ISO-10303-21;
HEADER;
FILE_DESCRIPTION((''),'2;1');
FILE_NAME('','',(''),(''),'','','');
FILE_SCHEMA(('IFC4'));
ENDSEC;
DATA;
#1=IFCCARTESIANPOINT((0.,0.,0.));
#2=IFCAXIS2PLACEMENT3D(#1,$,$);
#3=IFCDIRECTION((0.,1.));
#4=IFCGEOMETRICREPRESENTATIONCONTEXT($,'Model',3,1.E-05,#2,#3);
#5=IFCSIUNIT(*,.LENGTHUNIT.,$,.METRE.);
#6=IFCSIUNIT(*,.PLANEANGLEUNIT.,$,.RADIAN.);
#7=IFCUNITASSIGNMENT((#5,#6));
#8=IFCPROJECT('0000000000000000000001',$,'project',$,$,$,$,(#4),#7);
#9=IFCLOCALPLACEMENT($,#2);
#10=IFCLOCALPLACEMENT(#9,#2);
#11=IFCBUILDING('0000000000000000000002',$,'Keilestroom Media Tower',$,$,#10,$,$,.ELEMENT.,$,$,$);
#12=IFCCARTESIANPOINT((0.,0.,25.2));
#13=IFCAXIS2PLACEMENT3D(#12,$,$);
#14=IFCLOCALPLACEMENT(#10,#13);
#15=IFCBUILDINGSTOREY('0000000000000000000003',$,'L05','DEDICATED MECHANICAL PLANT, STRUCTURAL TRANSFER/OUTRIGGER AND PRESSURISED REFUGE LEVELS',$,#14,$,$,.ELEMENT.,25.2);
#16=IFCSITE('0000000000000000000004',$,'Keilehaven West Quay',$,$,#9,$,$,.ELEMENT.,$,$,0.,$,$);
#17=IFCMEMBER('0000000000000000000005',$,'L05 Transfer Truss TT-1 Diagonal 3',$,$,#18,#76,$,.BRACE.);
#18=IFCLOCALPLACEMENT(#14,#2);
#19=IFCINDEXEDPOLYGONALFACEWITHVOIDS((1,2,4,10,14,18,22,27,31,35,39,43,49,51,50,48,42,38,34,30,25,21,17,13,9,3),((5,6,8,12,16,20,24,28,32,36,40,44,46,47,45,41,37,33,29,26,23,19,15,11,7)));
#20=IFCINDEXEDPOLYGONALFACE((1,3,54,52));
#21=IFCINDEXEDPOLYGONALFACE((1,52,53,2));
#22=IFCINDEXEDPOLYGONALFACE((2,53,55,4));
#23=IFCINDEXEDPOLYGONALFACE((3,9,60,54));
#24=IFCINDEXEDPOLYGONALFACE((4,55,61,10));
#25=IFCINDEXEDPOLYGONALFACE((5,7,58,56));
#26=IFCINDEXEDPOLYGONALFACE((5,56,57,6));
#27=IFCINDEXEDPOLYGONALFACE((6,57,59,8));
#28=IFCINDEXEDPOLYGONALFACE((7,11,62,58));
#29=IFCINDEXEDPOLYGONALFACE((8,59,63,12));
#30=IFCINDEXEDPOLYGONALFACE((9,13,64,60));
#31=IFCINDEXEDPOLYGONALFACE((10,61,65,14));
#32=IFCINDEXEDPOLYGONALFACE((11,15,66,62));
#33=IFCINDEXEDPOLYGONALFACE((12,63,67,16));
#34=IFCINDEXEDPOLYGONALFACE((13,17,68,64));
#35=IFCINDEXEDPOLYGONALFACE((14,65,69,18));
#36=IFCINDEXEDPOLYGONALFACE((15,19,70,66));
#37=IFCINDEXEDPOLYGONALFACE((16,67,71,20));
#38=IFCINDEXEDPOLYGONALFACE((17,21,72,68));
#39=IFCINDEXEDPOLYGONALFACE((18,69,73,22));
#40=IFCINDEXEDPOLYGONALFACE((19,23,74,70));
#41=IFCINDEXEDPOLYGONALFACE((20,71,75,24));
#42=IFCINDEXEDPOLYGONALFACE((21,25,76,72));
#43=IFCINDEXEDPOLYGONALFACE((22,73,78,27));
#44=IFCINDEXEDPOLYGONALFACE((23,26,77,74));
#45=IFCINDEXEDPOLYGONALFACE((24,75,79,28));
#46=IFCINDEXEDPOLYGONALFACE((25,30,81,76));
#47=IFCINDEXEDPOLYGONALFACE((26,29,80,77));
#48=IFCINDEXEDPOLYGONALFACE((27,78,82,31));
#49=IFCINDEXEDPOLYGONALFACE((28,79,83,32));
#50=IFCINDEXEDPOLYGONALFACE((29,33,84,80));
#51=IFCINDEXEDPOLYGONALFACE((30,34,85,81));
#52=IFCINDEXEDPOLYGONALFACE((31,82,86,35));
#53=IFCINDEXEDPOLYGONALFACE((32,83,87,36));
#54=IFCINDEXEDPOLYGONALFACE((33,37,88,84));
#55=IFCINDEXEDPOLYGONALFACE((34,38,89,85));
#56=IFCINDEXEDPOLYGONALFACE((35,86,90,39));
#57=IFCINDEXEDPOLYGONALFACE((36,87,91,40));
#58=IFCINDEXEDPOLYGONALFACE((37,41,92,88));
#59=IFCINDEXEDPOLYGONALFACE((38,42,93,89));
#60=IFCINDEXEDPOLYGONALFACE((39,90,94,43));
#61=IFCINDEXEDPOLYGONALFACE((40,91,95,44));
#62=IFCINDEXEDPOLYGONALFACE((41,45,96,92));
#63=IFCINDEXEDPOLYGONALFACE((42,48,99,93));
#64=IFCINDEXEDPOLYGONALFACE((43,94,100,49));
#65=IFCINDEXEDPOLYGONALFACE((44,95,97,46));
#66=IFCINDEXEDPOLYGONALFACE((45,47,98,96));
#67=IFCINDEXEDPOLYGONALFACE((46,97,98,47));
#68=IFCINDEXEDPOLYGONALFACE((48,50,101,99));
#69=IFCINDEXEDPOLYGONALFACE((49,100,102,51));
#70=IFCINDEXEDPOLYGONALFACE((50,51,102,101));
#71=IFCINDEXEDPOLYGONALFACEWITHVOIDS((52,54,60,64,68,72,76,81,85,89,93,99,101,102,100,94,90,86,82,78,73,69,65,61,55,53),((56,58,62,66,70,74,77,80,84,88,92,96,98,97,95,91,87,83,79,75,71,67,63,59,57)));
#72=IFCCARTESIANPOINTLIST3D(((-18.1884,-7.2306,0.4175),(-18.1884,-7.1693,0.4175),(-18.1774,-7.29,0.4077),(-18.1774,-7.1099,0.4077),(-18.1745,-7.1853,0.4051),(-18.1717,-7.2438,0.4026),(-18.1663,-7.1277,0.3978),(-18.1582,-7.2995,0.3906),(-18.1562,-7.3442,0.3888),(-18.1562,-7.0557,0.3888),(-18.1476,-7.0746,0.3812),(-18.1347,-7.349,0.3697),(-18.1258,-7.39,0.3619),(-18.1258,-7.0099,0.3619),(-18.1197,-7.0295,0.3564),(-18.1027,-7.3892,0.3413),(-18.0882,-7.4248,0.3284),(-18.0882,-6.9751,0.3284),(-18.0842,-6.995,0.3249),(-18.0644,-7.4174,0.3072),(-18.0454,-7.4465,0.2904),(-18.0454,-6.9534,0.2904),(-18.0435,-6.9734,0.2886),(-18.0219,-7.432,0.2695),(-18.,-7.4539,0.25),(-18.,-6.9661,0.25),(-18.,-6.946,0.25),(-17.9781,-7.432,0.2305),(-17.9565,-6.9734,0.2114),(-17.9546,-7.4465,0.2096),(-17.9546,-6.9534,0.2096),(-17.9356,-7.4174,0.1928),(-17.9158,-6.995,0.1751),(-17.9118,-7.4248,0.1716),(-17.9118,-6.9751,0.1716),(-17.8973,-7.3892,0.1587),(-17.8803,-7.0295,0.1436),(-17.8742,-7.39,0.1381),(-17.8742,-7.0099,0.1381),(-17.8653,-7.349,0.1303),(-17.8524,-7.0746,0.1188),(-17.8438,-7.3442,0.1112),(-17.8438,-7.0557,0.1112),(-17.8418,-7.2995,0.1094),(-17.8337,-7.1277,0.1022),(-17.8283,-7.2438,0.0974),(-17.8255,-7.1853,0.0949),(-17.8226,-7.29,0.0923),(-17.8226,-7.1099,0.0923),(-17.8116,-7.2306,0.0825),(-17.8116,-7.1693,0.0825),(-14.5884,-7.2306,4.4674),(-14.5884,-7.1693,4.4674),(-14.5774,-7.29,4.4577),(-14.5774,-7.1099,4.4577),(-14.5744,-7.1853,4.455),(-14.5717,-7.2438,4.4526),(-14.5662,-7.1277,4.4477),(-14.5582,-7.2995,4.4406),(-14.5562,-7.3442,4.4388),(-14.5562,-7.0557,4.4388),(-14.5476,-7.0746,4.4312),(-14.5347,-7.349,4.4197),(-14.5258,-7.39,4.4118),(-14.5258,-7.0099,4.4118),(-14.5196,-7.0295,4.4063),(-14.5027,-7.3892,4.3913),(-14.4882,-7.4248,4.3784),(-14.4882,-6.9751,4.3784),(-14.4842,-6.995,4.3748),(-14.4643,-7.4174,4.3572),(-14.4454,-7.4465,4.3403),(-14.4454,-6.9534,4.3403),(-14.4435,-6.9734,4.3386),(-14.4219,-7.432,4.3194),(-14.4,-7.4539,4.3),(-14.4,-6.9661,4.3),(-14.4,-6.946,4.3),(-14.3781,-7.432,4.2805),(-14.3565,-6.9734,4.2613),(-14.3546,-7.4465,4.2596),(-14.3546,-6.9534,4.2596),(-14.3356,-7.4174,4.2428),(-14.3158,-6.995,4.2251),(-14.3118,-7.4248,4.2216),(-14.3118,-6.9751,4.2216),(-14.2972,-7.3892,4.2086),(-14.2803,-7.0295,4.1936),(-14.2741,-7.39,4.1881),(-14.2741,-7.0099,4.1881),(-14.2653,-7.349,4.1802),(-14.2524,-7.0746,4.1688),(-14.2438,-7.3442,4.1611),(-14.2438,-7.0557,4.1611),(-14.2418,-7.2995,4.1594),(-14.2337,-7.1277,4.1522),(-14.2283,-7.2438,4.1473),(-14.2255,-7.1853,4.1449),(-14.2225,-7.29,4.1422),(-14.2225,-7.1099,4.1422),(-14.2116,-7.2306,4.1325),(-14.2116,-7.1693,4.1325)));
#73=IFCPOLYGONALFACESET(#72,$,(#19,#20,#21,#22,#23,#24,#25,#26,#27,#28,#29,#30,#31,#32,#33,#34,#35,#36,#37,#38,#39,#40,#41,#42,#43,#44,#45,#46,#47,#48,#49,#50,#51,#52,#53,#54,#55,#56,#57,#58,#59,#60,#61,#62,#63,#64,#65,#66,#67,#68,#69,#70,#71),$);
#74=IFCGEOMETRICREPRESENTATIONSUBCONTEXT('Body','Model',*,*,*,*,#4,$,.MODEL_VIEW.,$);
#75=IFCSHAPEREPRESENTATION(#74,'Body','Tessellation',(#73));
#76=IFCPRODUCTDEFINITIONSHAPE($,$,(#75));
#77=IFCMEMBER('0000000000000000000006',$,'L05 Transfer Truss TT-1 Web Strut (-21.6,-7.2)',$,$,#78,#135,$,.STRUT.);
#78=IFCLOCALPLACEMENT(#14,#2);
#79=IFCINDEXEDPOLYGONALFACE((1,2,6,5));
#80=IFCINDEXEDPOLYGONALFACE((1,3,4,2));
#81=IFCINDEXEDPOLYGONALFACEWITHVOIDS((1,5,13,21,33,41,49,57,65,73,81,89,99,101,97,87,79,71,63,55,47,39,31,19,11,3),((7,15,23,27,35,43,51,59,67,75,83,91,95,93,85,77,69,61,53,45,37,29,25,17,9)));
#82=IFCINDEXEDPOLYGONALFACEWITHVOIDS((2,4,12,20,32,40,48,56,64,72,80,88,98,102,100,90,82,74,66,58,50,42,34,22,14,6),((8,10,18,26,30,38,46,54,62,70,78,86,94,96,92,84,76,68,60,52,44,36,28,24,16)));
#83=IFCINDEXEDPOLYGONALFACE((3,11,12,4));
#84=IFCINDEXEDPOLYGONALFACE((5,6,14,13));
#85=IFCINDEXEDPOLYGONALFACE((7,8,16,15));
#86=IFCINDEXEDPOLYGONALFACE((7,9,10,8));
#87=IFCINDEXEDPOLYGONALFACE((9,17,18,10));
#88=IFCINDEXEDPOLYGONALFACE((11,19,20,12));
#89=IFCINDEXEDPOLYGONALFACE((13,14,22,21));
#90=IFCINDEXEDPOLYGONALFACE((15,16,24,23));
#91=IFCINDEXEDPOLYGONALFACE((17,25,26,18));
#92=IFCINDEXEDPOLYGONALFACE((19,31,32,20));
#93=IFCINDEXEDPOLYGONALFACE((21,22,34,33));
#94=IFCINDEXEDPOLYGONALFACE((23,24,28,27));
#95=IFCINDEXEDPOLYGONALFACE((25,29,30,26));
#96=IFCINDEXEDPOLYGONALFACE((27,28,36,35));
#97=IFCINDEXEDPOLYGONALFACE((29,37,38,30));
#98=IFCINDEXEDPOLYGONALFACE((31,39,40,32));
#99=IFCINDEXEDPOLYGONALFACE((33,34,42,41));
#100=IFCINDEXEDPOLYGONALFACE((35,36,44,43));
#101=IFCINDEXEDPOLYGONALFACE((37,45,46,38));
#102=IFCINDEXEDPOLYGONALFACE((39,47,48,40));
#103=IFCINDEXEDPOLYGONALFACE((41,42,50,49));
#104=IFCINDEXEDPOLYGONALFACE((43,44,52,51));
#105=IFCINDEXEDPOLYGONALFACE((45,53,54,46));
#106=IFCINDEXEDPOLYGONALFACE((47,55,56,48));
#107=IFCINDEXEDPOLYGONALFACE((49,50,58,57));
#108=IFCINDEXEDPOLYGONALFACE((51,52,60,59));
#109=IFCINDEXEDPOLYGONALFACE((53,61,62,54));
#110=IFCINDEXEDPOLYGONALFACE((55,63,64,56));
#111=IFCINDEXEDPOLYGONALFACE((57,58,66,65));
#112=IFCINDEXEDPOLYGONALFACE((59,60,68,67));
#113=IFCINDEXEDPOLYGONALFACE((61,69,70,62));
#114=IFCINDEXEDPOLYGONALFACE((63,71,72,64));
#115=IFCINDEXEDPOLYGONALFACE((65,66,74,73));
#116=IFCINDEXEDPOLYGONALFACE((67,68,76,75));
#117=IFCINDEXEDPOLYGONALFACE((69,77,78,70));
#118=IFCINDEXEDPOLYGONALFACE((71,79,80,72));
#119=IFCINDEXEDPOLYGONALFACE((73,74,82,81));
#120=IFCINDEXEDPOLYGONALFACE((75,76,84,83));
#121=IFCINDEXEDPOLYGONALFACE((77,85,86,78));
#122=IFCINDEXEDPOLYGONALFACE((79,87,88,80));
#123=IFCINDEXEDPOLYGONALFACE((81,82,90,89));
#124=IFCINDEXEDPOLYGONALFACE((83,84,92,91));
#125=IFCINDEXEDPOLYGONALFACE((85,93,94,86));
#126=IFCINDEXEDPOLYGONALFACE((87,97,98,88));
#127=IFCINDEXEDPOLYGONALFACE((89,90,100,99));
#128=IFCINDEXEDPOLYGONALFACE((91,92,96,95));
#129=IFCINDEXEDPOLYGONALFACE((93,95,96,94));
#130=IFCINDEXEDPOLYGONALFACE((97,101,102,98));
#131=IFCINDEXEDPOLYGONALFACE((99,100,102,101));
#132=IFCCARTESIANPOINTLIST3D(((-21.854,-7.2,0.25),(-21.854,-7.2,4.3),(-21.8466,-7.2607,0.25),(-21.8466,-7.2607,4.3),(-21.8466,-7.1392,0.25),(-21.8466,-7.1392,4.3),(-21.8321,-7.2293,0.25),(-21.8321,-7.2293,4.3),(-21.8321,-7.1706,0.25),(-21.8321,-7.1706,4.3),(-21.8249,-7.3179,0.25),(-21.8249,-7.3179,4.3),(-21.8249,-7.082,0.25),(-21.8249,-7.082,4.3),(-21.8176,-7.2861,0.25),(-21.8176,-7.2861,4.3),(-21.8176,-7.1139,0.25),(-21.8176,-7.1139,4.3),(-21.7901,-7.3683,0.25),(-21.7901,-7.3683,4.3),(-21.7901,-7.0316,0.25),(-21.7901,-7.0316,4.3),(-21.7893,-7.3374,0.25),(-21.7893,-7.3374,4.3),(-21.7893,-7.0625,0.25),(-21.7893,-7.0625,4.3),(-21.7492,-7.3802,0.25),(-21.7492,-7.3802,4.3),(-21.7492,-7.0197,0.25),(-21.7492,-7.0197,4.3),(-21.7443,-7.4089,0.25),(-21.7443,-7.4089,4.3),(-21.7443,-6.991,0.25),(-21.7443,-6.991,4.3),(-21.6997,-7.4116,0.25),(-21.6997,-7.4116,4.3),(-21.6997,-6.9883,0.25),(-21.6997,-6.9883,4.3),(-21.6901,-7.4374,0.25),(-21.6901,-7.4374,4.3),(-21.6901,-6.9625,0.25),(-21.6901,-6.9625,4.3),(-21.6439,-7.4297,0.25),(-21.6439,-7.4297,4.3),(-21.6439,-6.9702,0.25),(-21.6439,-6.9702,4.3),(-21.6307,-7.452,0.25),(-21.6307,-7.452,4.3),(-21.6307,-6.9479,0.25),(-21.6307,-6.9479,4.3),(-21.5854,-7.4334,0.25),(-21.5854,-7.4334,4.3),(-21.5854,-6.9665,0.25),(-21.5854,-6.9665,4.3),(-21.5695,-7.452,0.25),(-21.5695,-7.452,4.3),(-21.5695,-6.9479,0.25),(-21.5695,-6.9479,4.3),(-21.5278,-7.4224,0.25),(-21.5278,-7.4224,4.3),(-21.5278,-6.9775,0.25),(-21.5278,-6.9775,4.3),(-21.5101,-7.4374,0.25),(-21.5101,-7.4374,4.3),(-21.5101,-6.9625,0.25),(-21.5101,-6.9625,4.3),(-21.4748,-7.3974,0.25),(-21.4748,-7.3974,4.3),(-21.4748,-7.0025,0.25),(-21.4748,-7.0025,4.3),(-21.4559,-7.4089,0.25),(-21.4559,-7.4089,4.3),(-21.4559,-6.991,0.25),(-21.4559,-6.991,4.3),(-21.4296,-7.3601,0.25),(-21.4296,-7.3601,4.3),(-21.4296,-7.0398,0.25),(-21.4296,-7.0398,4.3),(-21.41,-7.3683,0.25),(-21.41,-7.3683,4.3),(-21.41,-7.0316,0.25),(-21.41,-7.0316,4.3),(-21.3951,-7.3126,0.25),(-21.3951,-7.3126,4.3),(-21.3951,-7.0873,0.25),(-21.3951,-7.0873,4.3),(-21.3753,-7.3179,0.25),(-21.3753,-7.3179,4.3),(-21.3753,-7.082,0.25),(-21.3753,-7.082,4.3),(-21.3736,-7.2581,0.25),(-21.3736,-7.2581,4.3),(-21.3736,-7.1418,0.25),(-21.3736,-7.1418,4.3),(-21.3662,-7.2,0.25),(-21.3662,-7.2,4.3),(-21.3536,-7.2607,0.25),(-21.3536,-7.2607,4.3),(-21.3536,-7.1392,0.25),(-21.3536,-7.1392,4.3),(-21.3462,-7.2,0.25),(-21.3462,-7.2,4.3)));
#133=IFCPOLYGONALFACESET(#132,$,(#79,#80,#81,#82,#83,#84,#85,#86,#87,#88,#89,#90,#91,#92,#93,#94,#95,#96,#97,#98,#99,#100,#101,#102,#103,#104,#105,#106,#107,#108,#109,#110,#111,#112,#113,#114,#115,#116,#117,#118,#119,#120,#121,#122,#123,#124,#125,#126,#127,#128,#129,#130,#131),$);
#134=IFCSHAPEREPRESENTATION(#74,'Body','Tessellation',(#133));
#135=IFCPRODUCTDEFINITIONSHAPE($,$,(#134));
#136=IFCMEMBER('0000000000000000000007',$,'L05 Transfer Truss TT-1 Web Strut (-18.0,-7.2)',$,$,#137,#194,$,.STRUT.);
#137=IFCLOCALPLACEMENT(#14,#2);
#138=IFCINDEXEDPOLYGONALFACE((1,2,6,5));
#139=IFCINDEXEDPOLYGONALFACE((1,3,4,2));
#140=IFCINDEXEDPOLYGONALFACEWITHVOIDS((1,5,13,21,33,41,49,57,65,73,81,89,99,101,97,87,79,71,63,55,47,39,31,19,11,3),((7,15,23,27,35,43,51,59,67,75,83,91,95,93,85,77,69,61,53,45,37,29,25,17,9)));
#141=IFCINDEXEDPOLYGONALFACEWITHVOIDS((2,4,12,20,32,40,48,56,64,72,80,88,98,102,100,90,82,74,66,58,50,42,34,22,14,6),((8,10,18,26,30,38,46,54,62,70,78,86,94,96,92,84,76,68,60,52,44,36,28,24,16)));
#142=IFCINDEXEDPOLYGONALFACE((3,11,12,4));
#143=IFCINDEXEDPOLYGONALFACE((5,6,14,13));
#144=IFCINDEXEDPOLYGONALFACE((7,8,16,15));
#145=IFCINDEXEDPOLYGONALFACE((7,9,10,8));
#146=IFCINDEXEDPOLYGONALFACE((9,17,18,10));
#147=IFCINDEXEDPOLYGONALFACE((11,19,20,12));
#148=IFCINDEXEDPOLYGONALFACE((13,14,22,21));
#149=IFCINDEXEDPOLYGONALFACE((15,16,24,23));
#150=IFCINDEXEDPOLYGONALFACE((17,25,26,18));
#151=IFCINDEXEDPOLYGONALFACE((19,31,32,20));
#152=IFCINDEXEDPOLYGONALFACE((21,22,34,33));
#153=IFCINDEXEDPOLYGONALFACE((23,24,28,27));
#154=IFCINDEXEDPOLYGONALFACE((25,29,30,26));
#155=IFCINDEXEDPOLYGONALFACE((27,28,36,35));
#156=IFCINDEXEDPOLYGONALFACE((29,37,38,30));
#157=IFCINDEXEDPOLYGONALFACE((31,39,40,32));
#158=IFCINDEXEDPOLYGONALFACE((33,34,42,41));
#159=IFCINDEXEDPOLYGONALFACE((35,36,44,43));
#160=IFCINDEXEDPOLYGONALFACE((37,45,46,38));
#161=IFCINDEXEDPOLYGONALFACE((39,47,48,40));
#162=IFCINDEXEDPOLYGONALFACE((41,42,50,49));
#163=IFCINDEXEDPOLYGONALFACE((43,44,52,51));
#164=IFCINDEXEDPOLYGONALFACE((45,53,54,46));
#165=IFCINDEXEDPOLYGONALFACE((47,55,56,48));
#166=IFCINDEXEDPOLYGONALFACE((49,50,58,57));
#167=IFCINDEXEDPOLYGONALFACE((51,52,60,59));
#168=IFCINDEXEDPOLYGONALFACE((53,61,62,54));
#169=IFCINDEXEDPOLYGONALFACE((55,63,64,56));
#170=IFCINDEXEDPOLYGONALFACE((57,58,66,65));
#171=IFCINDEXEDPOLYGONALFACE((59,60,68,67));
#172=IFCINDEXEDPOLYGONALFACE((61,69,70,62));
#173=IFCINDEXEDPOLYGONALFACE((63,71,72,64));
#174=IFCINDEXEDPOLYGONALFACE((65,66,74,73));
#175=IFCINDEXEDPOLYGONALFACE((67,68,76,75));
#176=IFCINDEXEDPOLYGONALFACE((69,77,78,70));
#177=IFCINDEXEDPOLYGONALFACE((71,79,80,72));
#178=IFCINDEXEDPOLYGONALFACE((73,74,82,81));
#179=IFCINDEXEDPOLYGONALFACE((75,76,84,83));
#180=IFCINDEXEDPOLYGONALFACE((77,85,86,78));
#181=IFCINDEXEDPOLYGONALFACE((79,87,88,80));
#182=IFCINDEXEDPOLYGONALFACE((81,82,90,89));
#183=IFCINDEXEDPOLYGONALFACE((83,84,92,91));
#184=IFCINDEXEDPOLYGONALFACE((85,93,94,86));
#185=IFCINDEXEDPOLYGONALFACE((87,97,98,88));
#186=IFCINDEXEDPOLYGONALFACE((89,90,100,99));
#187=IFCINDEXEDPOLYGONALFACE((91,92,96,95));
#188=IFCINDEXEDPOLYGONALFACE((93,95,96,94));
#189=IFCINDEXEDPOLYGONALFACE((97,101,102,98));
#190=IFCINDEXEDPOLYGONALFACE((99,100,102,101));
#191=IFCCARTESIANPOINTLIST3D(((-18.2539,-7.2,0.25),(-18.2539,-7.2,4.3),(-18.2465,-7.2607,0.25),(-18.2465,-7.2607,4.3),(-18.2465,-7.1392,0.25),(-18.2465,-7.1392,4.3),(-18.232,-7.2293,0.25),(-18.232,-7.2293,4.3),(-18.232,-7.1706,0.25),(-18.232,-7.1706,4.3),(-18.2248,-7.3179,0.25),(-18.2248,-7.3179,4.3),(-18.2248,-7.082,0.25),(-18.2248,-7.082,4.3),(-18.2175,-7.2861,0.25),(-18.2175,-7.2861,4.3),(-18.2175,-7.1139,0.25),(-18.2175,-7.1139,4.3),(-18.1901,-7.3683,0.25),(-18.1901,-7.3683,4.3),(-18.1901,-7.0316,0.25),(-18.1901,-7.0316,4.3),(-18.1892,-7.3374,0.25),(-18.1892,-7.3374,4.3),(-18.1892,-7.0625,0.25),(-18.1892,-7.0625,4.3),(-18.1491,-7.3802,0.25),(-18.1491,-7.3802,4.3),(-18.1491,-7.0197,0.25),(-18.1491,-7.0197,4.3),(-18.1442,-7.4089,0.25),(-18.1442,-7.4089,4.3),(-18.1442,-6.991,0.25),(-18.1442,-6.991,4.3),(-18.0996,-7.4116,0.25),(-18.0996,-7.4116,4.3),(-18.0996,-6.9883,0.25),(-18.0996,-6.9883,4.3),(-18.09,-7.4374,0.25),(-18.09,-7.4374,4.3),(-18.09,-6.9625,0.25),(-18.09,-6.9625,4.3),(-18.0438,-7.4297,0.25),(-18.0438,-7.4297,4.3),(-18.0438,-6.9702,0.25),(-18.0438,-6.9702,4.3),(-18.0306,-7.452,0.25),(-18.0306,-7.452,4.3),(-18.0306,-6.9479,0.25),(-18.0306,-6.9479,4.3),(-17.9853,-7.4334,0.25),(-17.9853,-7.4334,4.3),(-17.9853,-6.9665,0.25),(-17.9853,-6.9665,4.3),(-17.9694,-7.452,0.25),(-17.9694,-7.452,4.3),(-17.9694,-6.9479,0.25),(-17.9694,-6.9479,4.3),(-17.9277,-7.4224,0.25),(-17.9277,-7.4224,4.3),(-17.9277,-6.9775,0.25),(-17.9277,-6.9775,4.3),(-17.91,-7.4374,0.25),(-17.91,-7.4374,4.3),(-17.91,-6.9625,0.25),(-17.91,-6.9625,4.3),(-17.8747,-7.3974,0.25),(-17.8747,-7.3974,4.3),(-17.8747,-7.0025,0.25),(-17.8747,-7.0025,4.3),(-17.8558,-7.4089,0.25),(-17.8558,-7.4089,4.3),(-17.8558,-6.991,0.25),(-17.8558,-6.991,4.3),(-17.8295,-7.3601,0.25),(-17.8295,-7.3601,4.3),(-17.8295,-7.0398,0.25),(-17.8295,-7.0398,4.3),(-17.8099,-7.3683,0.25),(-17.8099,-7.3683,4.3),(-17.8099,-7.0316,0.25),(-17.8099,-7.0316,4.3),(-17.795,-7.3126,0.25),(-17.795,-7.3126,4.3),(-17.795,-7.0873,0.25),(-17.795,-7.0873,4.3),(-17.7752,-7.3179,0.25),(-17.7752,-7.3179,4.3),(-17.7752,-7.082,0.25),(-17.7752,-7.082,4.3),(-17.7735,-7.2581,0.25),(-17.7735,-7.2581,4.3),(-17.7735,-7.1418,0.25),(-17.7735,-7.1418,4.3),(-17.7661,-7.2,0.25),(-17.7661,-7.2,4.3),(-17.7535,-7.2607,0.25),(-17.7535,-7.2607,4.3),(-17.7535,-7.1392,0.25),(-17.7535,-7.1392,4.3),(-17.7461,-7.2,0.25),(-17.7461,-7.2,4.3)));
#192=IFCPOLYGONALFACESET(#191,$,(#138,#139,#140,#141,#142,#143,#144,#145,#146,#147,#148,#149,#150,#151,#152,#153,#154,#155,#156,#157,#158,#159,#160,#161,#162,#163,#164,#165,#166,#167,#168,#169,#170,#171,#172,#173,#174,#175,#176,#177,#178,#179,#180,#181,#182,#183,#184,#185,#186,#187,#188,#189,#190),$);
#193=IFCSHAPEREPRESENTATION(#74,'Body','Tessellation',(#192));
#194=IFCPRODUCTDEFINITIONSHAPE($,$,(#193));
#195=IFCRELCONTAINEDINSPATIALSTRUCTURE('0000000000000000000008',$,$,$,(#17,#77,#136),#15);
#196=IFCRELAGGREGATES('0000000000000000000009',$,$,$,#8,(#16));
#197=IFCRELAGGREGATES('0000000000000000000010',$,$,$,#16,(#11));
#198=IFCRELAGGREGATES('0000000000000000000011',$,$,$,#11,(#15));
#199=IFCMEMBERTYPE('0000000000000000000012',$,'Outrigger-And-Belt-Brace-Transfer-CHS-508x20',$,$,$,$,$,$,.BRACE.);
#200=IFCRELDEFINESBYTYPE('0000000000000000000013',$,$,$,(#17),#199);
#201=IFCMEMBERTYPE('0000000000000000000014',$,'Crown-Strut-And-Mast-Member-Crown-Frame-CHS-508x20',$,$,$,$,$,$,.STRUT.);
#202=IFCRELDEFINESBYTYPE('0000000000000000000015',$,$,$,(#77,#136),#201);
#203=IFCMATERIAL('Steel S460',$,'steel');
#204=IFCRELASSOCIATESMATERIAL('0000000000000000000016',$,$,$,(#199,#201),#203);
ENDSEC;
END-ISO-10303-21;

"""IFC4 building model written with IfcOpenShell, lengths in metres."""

from ifc_helpers import new_model, si_unit, direction, frame, origin, origin_2d, place, context, subcontext, project, spatial, hollow_circle, extrude, source, transform, mapped, material, material_profile, profile_set, type_object, element, save


model = new_model("IFC4")

# Units and contexts
model_context = context("Model", 3, precision=1e-05, world=origin(), true_north=direction((0.0, 1.0)))
body_context = subcontext(model_context, "Body", "Model", "MODEL_VIEW")
ifc_project = project(units=[si_unit("LENGTHUNIT", "METRE"), si_unit("PLANEANGLEUNIT", "RADIAN")], contexts=[model_context])

# Site, building, storey
site_placement = place(None, origin())
site = spatial("IfcSite", under=ifc_project, at=site_placement, Name="Keilehaven West Quay", CompositionType="ELEMENT", RefElevation=0.0)
building_placement = place(site_placement, origin())
building = spatial("IfcBuilding", under=site, at=building_placement, Name="Keilestroom Media Tower", CompositionType="ELEMENT")
storey_placement = place(building_placement, frame((0.0, 0.0, 25.2)))
storey = spatial("IfcBuildingStorey", under=building, at=storey_placement, Name="L05", Description="DEDICATED MECHANICAL PLANT, STRUCTURAL TRANSFER/OUTRIGGER AND PRESSURISED REFUGE LEVELS", CompositionType="ELEMENT", Elevation=25.2)

# Shared definitions
ifc_material_1 = material(Name="Steel S460", Category="steel")

# Members
ifc_material_profile_1 = material_profile(ifc_material_1, hollow_circle(Radius=0.2539, WallThickness=0.02, at=origin_2d()), Name="CHS 508x20")
ifc_profile_set_1 = profile_set([ifc_material_profile_1], Name="Steel S460")
member_type_1 = type_object("IfcMemberType", Name="Outrigger-And-Belt-Brace-Transfer-CHS-508x20", PredefinedType="BRACE", material=ifc_profile_set_1)
shared_shape_1 = source(origin(), body_context, "Body", "SweptSolid", [
    extrude(hollow_circle(Radius=0.2539, WallThickness=0.02, at=origin_2d()), origin(), (0.0, 0.0, 1.0), 5.4187),
])
member_1_placement = place(storey_placement, frame((-18.0, -7.2, 0.25), z_axis=(0.664369, 0.0, 0.747404), x_axis=(0.0, 1.0, 0.0)))
element("IfcMember", 1, at=member_1_placement, inside=storey, type_object=member_type_1, Name="L05 Transfer Truss TT-1 Diagonal 3", PredefinedType="BRACE", context=body_context, shape_type="MappedRepresentation", body=[
    mapped(shared_shape_1, transform((0.0, 0.0, 0.0), x_axis=(1.0, 0.0, 0.0), y_axis=(0.0, 1.0, 0.0), z_axis=(0.0, 0.0, 1.0), scale=1.0)),
])
ifc_material_profile_2 = material_profile(ifc_material_1, hollow_circle(Radius=0.2539, WallThickness=0.02, at=origin_2d()), Name="CHS 508x20")
ifc_profile_set_2 = profile_set([ifc_material_profile_2], Name="Steel S460")
member_type_2 = type_object("IfcMemberType", Name="Crown-Strut-And-Mast-Member-Crown-Frame-CHS-508x20", PredefinedType="STRUT", material=ifc_profile_set_2)
shared_shape_2 = source(origin(), body_context, "Body", "SweptSolid", [
    extrude(hollow_circle(Radius=0.2539, WallThickness=0.02, at=origin_2d()), origin(), (0.0, 0.0, 1.0), 4.05),
])
for number, where, z_axis, x_axis, name in (
    (2, (-21.6001, -7.2, 0.25), (0.0, 0.0, 1.0), (1.0, 0.0, 0.0), "L05 Transfer Truss TT-1 Web Strut (-21.6,-7.2)"),
    (3, (-18.0, -7.2, 0.25), (0.0, 0.0, 1.0), (1.0, 0.0, 0.0), "L05 Transfer Truss TT-1 Web Strut (-18.0,-7.2)"),
):
    element("IfcMember", number, at=place(storey_placement, frame(where, z_axis=z_axis, x_axis=x_axis)), inside=storey, type_object=member_type_2, Name=name, PredefinedType="STRUT", context=body_context, shape_type="MappedRepresentation", body=[
        mapped(shared_shape_2, transform((0.0, 0.0, 0.0), x_axis=(1.0, 0.0, 0.0), y_axis=(0.0, 1.0, 0.0), z_axis=(0.0, 0.0, 1.0), scale=1.0)),
    ])

save(model, "model.ifc")
